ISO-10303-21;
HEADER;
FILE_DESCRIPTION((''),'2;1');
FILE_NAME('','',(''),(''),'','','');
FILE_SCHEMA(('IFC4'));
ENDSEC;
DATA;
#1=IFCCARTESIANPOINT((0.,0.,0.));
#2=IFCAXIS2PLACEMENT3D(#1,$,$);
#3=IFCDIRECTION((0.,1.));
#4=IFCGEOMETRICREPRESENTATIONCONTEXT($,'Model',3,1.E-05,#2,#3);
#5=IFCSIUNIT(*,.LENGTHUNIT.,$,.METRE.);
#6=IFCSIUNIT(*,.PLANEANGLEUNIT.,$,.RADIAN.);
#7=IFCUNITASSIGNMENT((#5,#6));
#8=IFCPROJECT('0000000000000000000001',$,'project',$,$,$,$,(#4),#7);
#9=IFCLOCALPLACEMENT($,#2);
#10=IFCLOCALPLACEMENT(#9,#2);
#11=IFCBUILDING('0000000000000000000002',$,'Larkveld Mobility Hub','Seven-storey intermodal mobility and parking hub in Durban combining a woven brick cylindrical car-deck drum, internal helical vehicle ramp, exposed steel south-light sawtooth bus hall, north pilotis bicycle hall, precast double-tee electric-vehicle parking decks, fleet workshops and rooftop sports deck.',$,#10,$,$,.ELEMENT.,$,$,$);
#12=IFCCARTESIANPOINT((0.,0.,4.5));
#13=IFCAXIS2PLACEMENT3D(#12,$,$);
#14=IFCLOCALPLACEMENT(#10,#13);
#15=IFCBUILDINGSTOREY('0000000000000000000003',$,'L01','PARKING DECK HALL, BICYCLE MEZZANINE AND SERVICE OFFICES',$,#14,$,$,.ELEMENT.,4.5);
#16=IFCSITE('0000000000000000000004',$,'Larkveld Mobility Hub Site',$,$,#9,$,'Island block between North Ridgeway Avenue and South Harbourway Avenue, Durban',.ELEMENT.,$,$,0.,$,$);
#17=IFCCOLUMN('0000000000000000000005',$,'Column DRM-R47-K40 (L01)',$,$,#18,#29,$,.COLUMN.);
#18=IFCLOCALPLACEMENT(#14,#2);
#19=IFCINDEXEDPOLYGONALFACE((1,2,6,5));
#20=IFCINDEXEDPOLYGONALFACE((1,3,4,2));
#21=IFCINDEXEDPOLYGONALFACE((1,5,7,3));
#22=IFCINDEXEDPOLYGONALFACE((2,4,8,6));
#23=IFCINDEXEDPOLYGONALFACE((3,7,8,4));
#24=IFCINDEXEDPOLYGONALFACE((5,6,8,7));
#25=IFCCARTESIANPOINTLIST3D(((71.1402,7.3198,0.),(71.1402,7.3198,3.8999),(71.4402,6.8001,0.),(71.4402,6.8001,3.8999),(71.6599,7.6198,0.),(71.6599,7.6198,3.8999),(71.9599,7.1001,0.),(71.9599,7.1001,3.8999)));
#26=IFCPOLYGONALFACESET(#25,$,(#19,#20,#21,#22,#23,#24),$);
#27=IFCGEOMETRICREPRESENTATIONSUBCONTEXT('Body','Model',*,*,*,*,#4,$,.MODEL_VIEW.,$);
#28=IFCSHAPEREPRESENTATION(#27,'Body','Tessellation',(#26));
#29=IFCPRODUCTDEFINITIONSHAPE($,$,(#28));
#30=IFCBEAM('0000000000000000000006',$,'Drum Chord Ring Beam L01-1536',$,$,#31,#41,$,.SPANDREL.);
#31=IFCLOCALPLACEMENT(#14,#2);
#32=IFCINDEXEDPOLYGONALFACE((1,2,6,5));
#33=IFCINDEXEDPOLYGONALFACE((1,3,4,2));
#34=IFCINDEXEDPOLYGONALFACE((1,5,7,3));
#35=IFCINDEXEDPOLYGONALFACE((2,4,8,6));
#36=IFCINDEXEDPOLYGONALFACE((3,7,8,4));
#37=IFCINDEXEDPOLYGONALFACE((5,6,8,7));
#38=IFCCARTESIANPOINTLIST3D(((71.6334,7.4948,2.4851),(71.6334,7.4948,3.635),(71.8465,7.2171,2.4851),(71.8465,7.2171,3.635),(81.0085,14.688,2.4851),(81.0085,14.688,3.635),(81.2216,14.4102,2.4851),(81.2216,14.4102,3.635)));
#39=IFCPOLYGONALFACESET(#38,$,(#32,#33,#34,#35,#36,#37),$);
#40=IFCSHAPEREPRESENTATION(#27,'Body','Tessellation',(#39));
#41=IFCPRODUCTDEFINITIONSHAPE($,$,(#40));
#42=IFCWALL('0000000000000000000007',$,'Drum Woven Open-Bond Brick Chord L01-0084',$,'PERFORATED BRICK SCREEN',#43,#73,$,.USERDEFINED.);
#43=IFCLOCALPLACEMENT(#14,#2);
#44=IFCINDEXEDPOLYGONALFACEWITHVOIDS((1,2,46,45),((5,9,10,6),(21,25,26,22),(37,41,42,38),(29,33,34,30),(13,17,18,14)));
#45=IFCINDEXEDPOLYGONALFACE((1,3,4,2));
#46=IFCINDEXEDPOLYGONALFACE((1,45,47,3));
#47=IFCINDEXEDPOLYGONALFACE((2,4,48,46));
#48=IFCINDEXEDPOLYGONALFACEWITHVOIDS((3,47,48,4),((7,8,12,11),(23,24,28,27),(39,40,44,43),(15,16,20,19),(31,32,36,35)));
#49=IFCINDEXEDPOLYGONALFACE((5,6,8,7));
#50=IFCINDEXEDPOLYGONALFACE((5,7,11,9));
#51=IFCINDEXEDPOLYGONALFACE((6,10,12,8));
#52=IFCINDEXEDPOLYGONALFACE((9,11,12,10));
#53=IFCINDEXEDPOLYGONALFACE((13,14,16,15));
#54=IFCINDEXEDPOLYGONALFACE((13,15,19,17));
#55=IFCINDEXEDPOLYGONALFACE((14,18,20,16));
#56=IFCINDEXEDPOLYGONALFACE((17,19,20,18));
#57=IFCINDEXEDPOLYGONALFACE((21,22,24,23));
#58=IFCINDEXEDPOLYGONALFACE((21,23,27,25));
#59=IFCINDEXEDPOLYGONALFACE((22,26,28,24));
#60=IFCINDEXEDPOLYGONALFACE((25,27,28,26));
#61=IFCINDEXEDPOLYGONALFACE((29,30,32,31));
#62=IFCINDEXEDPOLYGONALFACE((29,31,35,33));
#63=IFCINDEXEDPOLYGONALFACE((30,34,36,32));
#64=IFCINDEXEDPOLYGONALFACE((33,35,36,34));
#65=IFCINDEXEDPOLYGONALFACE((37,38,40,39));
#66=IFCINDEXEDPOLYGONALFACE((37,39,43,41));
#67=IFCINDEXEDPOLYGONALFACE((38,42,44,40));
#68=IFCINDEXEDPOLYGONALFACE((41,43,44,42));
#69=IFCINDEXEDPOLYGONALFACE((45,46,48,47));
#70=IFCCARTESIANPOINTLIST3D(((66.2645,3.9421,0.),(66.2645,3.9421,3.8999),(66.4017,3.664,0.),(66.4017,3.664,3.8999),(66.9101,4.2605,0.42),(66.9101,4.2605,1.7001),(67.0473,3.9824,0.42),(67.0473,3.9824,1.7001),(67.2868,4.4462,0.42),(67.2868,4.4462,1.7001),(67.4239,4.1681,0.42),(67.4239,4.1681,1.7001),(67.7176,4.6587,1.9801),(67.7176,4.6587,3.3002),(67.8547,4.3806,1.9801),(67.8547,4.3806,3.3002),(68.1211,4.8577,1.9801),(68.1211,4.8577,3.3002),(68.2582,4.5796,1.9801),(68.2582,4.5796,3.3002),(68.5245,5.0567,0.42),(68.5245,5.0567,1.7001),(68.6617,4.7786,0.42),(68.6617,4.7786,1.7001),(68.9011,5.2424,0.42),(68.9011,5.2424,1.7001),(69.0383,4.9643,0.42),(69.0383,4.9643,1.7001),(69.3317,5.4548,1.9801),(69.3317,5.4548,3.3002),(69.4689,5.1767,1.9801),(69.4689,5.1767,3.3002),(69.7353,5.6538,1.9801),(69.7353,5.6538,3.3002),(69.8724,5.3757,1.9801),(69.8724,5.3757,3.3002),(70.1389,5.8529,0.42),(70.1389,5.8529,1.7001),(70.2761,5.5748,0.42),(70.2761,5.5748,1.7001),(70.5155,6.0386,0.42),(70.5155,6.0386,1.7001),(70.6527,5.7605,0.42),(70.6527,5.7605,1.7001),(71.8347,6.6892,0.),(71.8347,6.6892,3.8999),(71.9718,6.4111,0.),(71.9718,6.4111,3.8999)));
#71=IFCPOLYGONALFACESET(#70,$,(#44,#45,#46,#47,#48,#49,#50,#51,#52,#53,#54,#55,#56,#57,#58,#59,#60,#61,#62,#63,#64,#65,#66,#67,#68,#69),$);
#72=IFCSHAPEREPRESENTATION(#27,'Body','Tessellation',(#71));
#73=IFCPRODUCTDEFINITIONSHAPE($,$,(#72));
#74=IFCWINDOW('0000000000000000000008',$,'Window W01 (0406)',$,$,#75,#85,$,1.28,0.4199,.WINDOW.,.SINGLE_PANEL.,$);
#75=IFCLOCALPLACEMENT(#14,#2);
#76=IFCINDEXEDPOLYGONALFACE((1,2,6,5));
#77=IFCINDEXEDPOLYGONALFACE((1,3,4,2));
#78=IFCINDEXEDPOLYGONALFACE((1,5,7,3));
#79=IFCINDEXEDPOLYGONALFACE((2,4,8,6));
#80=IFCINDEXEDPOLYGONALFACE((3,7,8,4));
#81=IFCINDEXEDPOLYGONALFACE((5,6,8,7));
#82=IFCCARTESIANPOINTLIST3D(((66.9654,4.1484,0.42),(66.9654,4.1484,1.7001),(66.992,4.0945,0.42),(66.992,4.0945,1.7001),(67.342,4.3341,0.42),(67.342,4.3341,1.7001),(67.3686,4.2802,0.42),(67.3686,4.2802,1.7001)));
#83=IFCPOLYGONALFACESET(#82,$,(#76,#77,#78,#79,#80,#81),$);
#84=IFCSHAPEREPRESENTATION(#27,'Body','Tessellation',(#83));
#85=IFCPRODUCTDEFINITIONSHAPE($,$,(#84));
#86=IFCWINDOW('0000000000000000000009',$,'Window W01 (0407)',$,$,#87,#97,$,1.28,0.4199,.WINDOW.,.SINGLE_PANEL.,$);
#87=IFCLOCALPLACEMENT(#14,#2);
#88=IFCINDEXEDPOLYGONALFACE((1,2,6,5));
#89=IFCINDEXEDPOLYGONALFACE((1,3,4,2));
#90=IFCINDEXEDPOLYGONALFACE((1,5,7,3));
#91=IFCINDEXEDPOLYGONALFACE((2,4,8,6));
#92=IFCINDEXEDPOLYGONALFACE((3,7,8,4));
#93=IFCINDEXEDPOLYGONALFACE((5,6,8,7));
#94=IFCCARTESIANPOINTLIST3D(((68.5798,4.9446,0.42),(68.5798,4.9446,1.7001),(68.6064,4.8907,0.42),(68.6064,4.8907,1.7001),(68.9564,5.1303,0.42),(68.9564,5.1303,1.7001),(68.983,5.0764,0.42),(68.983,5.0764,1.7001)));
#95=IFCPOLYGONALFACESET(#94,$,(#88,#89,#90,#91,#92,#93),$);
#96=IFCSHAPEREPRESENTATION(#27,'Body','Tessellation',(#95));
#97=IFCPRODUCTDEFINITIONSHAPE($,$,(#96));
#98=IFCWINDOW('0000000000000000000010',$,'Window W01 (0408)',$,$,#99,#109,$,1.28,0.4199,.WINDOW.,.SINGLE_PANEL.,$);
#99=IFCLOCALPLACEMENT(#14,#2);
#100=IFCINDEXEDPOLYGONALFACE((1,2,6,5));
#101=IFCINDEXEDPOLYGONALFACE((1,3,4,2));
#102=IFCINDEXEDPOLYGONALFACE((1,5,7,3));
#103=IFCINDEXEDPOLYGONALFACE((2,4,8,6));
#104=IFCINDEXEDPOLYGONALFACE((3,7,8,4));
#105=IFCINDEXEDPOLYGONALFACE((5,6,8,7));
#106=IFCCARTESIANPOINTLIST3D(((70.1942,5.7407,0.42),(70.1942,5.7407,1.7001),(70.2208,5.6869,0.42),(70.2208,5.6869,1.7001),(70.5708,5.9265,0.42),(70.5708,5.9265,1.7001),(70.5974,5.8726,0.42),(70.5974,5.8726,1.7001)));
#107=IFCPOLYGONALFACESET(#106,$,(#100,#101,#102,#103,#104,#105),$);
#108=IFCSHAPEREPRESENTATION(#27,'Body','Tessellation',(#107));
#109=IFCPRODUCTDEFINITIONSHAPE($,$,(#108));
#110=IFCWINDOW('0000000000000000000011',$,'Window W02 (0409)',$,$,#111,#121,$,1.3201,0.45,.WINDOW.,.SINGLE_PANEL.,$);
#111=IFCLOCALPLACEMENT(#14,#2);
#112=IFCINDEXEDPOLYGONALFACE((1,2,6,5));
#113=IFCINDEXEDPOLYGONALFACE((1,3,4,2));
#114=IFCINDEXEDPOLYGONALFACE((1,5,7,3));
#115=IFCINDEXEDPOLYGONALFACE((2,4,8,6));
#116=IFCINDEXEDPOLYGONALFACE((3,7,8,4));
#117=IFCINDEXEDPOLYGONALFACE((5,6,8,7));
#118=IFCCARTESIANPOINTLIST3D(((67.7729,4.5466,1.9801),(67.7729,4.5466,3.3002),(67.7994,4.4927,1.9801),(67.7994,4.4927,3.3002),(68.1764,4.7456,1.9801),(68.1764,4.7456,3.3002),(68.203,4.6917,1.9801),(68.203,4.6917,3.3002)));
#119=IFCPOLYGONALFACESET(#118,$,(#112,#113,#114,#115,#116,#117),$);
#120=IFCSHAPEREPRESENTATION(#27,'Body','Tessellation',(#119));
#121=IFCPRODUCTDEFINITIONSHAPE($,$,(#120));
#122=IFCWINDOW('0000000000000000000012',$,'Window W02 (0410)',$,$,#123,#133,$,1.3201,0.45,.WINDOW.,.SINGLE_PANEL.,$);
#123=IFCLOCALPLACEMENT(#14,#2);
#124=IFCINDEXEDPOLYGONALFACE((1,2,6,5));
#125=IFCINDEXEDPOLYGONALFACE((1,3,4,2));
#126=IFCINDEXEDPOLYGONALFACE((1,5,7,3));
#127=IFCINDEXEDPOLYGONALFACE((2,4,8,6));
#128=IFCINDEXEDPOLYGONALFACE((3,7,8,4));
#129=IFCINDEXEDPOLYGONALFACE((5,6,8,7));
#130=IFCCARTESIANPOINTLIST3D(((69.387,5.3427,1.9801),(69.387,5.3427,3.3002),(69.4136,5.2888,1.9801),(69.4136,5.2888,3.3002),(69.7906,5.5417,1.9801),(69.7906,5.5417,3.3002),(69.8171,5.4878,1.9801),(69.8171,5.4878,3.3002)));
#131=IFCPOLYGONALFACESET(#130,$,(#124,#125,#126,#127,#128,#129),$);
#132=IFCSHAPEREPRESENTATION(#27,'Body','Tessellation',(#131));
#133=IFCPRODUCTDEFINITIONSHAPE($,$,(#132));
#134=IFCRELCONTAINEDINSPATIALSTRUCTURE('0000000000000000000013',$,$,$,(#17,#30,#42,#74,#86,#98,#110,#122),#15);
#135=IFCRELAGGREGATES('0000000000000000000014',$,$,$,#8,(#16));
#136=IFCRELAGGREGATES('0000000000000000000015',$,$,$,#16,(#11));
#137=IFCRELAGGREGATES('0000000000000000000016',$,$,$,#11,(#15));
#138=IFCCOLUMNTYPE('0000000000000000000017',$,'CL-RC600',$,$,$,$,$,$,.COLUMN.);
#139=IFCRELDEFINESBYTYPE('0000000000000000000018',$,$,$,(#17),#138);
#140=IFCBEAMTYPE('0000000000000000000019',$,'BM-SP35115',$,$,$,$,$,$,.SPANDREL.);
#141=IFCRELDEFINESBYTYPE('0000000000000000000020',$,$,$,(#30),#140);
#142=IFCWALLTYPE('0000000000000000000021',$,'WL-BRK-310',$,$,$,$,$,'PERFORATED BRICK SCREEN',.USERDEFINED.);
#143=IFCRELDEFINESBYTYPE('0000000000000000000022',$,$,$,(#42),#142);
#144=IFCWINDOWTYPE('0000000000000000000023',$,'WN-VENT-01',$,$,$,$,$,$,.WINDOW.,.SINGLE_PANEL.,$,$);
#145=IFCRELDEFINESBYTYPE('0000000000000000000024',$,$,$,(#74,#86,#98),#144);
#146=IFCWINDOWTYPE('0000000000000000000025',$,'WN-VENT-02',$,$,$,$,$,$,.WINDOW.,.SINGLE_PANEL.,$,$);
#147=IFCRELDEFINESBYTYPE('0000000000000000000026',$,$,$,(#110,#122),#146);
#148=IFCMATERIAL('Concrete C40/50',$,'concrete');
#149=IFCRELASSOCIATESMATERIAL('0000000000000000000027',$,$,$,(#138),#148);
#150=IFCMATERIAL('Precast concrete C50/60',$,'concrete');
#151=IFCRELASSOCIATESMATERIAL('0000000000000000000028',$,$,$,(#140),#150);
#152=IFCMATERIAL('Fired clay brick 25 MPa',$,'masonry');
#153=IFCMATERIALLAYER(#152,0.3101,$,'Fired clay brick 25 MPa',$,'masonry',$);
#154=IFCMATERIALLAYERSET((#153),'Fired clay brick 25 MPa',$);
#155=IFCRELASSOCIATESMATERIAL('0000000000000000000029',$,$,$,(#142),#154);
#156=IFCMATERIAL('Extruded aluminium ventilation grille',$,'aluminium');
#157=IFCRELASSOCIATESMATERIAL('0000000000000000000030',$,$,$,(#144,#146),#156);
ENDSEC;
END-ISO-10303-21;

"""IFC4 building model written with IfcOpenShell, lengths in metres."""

from ifc_helpers import new_model, si_unit, direction, frame, frame_2d, origin, origin_2d, place, context, subcontext, project, spatial, rectangle, extrude, material, layer, layer_set, material_profile, profile_set, type_object, element, fill, save


model = new_model("IFC4")

# Units and contexts
model_context = context("Model", 3, precision=1e-05, world=origin(), true_north=direction((0.0, 1.0)))
body_context = subcontext(model_context, "Body", "Model", "MODEL_VIEW")
ifc_project = project(units=[si_unit("LENGTHUNIT", "METRE"), si_unit("PLANEANGLEUNIT", "RADIAN")], contexts=[model_context])

# Site, building, storey
site_placement = place(None, origin())
site = spatial("IfcSite", under=ifc_project, at=site_placement, Name="Larkveld Mobility Hub Site", LongName="Island block between North Ridgeway Avenue and South Harbourway Avenue, Durban", CompositionType="ELEMENT", RefElevation=0.0)
building_placement = place(site_placement, origin())
building = spatial("IfcBuilding", under=site, at=building_placement, Name="Larkveld Mobility Hub", Description="Seven-storey intermodal mobility and parking hub in Durban combining a woven brick cylindrical car-deck drum, internal helical vehicle ramp, exposed steel south-light sawtooth bus hall, north pilotis bicycle hall, precast double-tee electric-vehicle parking decks, fleet workshops and rooftop sports deck.", CompositionType="ELEMENT")
storey_placement = place(building_placement, frame((0.0, 0.0, 4.5)))
storey = spatial("IfcBuildingStorey", under=building, at=storey_placement, Name="L01", Description="PARKING DECK HALL, BICYCLE MEZZANINE AND SERVICE OFFICES", CompositionType="ELEMENT", Elevation=4.5)

# Column
ifc_material_1 = material(Name="Concrete C40/50", Category="concrete")
ifc_material_profile_1 = material_profile(ifc_material_1, rectangle(XDim=0.6001, YDim=0.6001, at=origin_2d()), Name="RC COL 600x600")
ifc_profile_set_1 = profile_set([ifc_material_profile_1], Name="Concrete C40/50")
column_type = type_object("IfcColumnType", Name="CL-RC600", PredefinedType="COLUMN", material=ifc_profile_set_1)
column_placement = place(storey_placement, frame((71.55, 7.21, 0.0), z_axis=(0.0, 0.0, 1.0), x_axis=(-0.5, 0.866025, 0.0)))
element("IfcColumn", 1, at=column_placement, inside=storey, type_object=column_type, Name="Column DRM-R47-K40 (L01)", PredefinedType="COLUMN", context=body_context, shape_type="SweptSolid", body=[
    extrude(rectangle(XDim=0.6001, YDim=0.6001, at=origin_2d()), origin(), (0.0, 0.0, 1.0), 3.8999),
])

# Beam
ifc_material_2 = material(Name="Precast concrete C50/60", Category="concrete")
ifc_material_profile_2 = material_profile(ifc_material_2, rectangle(XDim=0.3501, YDim=1.1499, at=origin_2d()), Name="PC SP 350x1150")
ifc_profile_set_2 = profile_set([ifc_material_profile_2], Name="Precast concrete C50/60")
beam_type = type_object("IfcBeamType", Name="BM-SP35115", PredefinedType="SPANDREL", material=ifc_profile_set_2)
beam_placement = place(storey_placement, frame((71.74, 7.356, 3.0601), z_axis=(0.793377, 0.608731, 0.0), x_axis=(-0.608731, 0.793377, 0.0)))
element("IfcBeam", 2, at=beam_placement, inside=storey, type_object=beam_type, Name="Drum Chord Ring Beam L01-1536", PredefinedType="SPANDREL", context=body_context, shape_type="SweptSolid", body=[
    extrude(rectangle(XDim=0.3501, YDim=1.1499, at=origin_2d()), origin(), (0.0, 0.0, 1.0), 11.8167),
])

# Wall, openings, windows
ifc_material_3 = material(Name="Fired clay brick 25 MPa", Category="masonry")
ifc_layer_1 = layer(ifc_material_3, 0.3101, Name="Fired clay brick 25 MPa", Category="masonry")
ifc_layer_set_1 = layer_set([ifc_layer_1], Name="Fired clay brick 25 MPa")
wall_type_1 = type_object("IfcWallType", Name="WL-BRK-310", ElementType="PERFORATED BRICK SCREEN", PredefinedType="USERDEFINED", material=ifc_layer_set_1)
wall_1_placement = place(storey_placement, frame((66.333, 3.803, 0.0), z_axis=(0.0, 0.0, 1.0), x_axis=(0.896859, 0.442317, 0.0)))
wall_1 = element("IfcWall", 3, at=wall_1_placement, inside=storey, type_object=wall_type_1, Name="Drum Woven Open-Bond Brick Chord L01-0084", ObjectType="PERFORATED BRICK SCREEN", PredefinedType="USERDEFINED", context=body_context, shape_type="SweptSolid", body=[
    extrude(rectangle(XDim=6.2107, YDim=0.3101, at=frame_2d((3.1055, 0.0))), origin(), (0.0, 0.0, 1.0), 3.8999),
])
opening_1_placement = place(wall_1_placement, frame((0.72, 0.0, 0.4199)))
opening_1 = element("IfcOpeningElement", 4, at=opening_1_placement, cuts=wall_1, PredefinedType="OPENING", context=body_context, shape_type="SweptSolid", body=[
    extrude(rectangle(XDim=0.4199, YDim=1.28, at=frame_2d((0.21, 0.6401))), frame((0.0, 0.165, 0.0), z_axis=(0.0, -1.0, 0.0), x_axis=(1.0, 0.0, 0.0)), (0.0, 0.0, 1.0), 0.3301),
])
opening_2_placement = place(wall_1_placement, frame((2.52, 0.0, 0.4199)))
opening_2 = element("IfcOpeningElement", 5, at=opening_2_placement, cuts=wall_1, PredefinedType="OPENING", context=body_context, shape_type="SweptSolid", body=[
    extrude(rectangle(XDim=0.4199, YDim=1.28, at=frame_2d((0.21, 0.6401))), frame((0.0, 0.165, 0.0), z_axis=(0.0, -1.0, 0.0), x_axis=(1.0, 0.0, 0.0)), (0.0, 0.0, 1.0), 0.3301),
])
opening_3_placement = place(wall_1_placement, frame((4.3201, 0.0, 0.4199)))
opening_3 = element("IfcOpeningElement", 6, at=opening_3_placement, cuts=wall_1, PredefinedType="OPENING", context=body_context, shape_type="SweptSolid", body=[
    extrude(rectangle(XDim=0.4199, YDim=1.28, at=frame_2d((0.21, 0.6401))), frame((0.0, 0.165, 0.0), z_axis=(0.0, -1.0, 0.0), x_axis=(1.0, 0.0, 0.0)), (0.0, 0.0, 1.0), 0.3301),
])
opening_4_placement = place(wall_1_placement, frame((1.6201, 0.0, 1.98)))
opening_4 = element("IfcOpeningElement", 7, at=opening_4_placement, cuts=wall_1, PredefinedType="OPENING", context=body_context, shape_type="SweptSolid", body=[
    extrude(rectangle(XDim=0.45, YDim=1.3201, at=frame_2d((0.2251, 0.6602))), frame((0.0, 0.165, 0.0), z_axis=(0.0, -1.0, 0.0), x_axis=(1.0, 0.0, 0.0)), (0.0, 0.0, 1.0), 0.3301),
])
opening_5_placement = place(wall_1_placement, frame((3.4199, 0.0, 1.98)))
opening_5 = element("IfcOpeningElement", 8, at=opening_5_placement, cuts=wall_1, PredefinedType="OPENING", context=body_context, shape_type="SweptSolid", body=[
    extrude(rectangle(XDim=0.45, YDim=1.3201, at=frame_2d((0.2251, 0.6602))), frame((0.0, 0.165, 0.0), z_axis=(0.0, -1.0, 0.0), x_axis=(1.0, 0.0, 0.0)), (0.0, 0.0, 1.0), 0.3301),
])
ifc_material_4 = material(Name="Extruded aluminium ventilation grille", Category="aluminium")
window_type_1 = type_object("IfcWindowType", Name="WN-VENT-01", PartitioningType="SINGLE_PANEL", PredefinedType="WINDOW", material=ifc_material_4)
window_1_placement = place(opening_1_placement, origin())
window_1 = element("IfcWindow", 9, at=window_1_placement, inside=storey, type_object=window_type_1, Name="Window W01 (0406)", OverallHeight=1.28, OverallWidth=0.4199, PartitioningType="SINGLE_PANEL", PredefinedType="WINDOW", context=body_context, shape_type="SweptSolid", body=[
    extrude(rectangle(XDim=0.4199, YDim=1.28, at=frame_2d((0.21, 0.6401))), frame((0.0, 0.03, 0.0), z_axis=(0.0, -1.0, 0.0), x_axis=(1.0, 0.0, 0.0)), (0.0, 0.0, 1.0), 0.0601),
])
fill(opening_1, window_1)
window_2_placement = place(opening_2_placement, origin())
window_2 = element("IfcWindow", 10, at=window_2_placement, inside=storey, type_object=window_type_1, Name="Window W01 (0407)", OverallHeight=1.28, OverallWidth=0.4199, PartitioningType="SINGLE_PANEL", PredefinedType="WINDOW", context=body_context, shape_type="SweptSolid", body=[
    extrude(rectangle(XDim=0.4199, YDim=1.28, at=frame_2d((0.21, 0.6401))), frame((0.0, 0.03, 0.0), z_axis=(0.0, -1.0, 0.0), x_axis=(1.0, 0.0, 0.0)), (0.0, 0.0, 1.0), 0.0601),
])
fill(opening_2, window_2)
window_3_placement = place(opening_3_placement, origin())
window_3 = element("IfcWindow", 11, at=window_3_placement, inside=storey, type_object=window_type_1, Name="Window W01 (0408)", OverallHeight=1.28, OverallWidth=0.4199, PartitioningType="SINGLE_PANEL", PredefinedType="WINDOW", context=body_context, shape_type="SweptSolid", body=[
    extrude(rectangle(XDim=0.4199, YDim=1.28, at=frame_2d((0.21, 0.6401))), frame((0.0, 0.03, 0.0), z_axis=(0.0, -1.0, 0.0), x_axis=(1.0, 0.0, 0.0)), (0.0, 0.0, 1.0), 0.0601),
])
fill(opening_3, window_3)
window_type_2 = type_object("IfcWindowType", Name="WN-VENT-02", PartitioningType="SINGLE_PANEL", PredefinedType="WINDOW", material=ifc_material_4)
window_4_placement = place(opening_4_placement, origin())
window_4 = element("IfcWindow", 12, at=window_4_placement, inside=storey, type_object=window_type_2, Name="Window W02 (0409)", OverallHeight=1.3201, OverallWidth=0.45, PartitioningType="SINGLE_PANEL", PredefinedType="WINDOW", context=body_context, shape_type="SweptSolid", body=[
    extrude(rectangle(XDim=0.45, YDim=1.3201, at=frame_2d((0.2251, 0.6602))), frame((0.0, 0.03, 0.0), z_axis=(0.0, -1.0, 0.0), x_axis=(1.0, 0.0, 0.0)), (0.0, 0.0, 1.0), 0.0601),
])
fill(opening_4, window_4)
window_5_placement = place(opening_5_placement, origin())
window_5 = element("IfcWindow", 13, at=window_5_placement, inside=storey, type_object=window_type_2, Name="Window W02 (0410)", OverallHeight=1.3201, OverallWidth=0.45, PartitioningType="SINGLE_PANEL", PredefinedType="WINDOW", context=body_context, shape_type="SweptSolid", body=[
    extrude(rectangle(XDim=0.45, YDim=1.3201, at=frame_2d((0.2251, 0.6602))), frame((0.0, 0.03, 0.0), z_axis=(0.0, -1.0, 0.0), x_axis=(1.0, 0.0, 0.0)), (0.0, 0.0, 1.0), 0.0601),
])
fill(opening_5, window_5)

save(model, "model.ifc")
